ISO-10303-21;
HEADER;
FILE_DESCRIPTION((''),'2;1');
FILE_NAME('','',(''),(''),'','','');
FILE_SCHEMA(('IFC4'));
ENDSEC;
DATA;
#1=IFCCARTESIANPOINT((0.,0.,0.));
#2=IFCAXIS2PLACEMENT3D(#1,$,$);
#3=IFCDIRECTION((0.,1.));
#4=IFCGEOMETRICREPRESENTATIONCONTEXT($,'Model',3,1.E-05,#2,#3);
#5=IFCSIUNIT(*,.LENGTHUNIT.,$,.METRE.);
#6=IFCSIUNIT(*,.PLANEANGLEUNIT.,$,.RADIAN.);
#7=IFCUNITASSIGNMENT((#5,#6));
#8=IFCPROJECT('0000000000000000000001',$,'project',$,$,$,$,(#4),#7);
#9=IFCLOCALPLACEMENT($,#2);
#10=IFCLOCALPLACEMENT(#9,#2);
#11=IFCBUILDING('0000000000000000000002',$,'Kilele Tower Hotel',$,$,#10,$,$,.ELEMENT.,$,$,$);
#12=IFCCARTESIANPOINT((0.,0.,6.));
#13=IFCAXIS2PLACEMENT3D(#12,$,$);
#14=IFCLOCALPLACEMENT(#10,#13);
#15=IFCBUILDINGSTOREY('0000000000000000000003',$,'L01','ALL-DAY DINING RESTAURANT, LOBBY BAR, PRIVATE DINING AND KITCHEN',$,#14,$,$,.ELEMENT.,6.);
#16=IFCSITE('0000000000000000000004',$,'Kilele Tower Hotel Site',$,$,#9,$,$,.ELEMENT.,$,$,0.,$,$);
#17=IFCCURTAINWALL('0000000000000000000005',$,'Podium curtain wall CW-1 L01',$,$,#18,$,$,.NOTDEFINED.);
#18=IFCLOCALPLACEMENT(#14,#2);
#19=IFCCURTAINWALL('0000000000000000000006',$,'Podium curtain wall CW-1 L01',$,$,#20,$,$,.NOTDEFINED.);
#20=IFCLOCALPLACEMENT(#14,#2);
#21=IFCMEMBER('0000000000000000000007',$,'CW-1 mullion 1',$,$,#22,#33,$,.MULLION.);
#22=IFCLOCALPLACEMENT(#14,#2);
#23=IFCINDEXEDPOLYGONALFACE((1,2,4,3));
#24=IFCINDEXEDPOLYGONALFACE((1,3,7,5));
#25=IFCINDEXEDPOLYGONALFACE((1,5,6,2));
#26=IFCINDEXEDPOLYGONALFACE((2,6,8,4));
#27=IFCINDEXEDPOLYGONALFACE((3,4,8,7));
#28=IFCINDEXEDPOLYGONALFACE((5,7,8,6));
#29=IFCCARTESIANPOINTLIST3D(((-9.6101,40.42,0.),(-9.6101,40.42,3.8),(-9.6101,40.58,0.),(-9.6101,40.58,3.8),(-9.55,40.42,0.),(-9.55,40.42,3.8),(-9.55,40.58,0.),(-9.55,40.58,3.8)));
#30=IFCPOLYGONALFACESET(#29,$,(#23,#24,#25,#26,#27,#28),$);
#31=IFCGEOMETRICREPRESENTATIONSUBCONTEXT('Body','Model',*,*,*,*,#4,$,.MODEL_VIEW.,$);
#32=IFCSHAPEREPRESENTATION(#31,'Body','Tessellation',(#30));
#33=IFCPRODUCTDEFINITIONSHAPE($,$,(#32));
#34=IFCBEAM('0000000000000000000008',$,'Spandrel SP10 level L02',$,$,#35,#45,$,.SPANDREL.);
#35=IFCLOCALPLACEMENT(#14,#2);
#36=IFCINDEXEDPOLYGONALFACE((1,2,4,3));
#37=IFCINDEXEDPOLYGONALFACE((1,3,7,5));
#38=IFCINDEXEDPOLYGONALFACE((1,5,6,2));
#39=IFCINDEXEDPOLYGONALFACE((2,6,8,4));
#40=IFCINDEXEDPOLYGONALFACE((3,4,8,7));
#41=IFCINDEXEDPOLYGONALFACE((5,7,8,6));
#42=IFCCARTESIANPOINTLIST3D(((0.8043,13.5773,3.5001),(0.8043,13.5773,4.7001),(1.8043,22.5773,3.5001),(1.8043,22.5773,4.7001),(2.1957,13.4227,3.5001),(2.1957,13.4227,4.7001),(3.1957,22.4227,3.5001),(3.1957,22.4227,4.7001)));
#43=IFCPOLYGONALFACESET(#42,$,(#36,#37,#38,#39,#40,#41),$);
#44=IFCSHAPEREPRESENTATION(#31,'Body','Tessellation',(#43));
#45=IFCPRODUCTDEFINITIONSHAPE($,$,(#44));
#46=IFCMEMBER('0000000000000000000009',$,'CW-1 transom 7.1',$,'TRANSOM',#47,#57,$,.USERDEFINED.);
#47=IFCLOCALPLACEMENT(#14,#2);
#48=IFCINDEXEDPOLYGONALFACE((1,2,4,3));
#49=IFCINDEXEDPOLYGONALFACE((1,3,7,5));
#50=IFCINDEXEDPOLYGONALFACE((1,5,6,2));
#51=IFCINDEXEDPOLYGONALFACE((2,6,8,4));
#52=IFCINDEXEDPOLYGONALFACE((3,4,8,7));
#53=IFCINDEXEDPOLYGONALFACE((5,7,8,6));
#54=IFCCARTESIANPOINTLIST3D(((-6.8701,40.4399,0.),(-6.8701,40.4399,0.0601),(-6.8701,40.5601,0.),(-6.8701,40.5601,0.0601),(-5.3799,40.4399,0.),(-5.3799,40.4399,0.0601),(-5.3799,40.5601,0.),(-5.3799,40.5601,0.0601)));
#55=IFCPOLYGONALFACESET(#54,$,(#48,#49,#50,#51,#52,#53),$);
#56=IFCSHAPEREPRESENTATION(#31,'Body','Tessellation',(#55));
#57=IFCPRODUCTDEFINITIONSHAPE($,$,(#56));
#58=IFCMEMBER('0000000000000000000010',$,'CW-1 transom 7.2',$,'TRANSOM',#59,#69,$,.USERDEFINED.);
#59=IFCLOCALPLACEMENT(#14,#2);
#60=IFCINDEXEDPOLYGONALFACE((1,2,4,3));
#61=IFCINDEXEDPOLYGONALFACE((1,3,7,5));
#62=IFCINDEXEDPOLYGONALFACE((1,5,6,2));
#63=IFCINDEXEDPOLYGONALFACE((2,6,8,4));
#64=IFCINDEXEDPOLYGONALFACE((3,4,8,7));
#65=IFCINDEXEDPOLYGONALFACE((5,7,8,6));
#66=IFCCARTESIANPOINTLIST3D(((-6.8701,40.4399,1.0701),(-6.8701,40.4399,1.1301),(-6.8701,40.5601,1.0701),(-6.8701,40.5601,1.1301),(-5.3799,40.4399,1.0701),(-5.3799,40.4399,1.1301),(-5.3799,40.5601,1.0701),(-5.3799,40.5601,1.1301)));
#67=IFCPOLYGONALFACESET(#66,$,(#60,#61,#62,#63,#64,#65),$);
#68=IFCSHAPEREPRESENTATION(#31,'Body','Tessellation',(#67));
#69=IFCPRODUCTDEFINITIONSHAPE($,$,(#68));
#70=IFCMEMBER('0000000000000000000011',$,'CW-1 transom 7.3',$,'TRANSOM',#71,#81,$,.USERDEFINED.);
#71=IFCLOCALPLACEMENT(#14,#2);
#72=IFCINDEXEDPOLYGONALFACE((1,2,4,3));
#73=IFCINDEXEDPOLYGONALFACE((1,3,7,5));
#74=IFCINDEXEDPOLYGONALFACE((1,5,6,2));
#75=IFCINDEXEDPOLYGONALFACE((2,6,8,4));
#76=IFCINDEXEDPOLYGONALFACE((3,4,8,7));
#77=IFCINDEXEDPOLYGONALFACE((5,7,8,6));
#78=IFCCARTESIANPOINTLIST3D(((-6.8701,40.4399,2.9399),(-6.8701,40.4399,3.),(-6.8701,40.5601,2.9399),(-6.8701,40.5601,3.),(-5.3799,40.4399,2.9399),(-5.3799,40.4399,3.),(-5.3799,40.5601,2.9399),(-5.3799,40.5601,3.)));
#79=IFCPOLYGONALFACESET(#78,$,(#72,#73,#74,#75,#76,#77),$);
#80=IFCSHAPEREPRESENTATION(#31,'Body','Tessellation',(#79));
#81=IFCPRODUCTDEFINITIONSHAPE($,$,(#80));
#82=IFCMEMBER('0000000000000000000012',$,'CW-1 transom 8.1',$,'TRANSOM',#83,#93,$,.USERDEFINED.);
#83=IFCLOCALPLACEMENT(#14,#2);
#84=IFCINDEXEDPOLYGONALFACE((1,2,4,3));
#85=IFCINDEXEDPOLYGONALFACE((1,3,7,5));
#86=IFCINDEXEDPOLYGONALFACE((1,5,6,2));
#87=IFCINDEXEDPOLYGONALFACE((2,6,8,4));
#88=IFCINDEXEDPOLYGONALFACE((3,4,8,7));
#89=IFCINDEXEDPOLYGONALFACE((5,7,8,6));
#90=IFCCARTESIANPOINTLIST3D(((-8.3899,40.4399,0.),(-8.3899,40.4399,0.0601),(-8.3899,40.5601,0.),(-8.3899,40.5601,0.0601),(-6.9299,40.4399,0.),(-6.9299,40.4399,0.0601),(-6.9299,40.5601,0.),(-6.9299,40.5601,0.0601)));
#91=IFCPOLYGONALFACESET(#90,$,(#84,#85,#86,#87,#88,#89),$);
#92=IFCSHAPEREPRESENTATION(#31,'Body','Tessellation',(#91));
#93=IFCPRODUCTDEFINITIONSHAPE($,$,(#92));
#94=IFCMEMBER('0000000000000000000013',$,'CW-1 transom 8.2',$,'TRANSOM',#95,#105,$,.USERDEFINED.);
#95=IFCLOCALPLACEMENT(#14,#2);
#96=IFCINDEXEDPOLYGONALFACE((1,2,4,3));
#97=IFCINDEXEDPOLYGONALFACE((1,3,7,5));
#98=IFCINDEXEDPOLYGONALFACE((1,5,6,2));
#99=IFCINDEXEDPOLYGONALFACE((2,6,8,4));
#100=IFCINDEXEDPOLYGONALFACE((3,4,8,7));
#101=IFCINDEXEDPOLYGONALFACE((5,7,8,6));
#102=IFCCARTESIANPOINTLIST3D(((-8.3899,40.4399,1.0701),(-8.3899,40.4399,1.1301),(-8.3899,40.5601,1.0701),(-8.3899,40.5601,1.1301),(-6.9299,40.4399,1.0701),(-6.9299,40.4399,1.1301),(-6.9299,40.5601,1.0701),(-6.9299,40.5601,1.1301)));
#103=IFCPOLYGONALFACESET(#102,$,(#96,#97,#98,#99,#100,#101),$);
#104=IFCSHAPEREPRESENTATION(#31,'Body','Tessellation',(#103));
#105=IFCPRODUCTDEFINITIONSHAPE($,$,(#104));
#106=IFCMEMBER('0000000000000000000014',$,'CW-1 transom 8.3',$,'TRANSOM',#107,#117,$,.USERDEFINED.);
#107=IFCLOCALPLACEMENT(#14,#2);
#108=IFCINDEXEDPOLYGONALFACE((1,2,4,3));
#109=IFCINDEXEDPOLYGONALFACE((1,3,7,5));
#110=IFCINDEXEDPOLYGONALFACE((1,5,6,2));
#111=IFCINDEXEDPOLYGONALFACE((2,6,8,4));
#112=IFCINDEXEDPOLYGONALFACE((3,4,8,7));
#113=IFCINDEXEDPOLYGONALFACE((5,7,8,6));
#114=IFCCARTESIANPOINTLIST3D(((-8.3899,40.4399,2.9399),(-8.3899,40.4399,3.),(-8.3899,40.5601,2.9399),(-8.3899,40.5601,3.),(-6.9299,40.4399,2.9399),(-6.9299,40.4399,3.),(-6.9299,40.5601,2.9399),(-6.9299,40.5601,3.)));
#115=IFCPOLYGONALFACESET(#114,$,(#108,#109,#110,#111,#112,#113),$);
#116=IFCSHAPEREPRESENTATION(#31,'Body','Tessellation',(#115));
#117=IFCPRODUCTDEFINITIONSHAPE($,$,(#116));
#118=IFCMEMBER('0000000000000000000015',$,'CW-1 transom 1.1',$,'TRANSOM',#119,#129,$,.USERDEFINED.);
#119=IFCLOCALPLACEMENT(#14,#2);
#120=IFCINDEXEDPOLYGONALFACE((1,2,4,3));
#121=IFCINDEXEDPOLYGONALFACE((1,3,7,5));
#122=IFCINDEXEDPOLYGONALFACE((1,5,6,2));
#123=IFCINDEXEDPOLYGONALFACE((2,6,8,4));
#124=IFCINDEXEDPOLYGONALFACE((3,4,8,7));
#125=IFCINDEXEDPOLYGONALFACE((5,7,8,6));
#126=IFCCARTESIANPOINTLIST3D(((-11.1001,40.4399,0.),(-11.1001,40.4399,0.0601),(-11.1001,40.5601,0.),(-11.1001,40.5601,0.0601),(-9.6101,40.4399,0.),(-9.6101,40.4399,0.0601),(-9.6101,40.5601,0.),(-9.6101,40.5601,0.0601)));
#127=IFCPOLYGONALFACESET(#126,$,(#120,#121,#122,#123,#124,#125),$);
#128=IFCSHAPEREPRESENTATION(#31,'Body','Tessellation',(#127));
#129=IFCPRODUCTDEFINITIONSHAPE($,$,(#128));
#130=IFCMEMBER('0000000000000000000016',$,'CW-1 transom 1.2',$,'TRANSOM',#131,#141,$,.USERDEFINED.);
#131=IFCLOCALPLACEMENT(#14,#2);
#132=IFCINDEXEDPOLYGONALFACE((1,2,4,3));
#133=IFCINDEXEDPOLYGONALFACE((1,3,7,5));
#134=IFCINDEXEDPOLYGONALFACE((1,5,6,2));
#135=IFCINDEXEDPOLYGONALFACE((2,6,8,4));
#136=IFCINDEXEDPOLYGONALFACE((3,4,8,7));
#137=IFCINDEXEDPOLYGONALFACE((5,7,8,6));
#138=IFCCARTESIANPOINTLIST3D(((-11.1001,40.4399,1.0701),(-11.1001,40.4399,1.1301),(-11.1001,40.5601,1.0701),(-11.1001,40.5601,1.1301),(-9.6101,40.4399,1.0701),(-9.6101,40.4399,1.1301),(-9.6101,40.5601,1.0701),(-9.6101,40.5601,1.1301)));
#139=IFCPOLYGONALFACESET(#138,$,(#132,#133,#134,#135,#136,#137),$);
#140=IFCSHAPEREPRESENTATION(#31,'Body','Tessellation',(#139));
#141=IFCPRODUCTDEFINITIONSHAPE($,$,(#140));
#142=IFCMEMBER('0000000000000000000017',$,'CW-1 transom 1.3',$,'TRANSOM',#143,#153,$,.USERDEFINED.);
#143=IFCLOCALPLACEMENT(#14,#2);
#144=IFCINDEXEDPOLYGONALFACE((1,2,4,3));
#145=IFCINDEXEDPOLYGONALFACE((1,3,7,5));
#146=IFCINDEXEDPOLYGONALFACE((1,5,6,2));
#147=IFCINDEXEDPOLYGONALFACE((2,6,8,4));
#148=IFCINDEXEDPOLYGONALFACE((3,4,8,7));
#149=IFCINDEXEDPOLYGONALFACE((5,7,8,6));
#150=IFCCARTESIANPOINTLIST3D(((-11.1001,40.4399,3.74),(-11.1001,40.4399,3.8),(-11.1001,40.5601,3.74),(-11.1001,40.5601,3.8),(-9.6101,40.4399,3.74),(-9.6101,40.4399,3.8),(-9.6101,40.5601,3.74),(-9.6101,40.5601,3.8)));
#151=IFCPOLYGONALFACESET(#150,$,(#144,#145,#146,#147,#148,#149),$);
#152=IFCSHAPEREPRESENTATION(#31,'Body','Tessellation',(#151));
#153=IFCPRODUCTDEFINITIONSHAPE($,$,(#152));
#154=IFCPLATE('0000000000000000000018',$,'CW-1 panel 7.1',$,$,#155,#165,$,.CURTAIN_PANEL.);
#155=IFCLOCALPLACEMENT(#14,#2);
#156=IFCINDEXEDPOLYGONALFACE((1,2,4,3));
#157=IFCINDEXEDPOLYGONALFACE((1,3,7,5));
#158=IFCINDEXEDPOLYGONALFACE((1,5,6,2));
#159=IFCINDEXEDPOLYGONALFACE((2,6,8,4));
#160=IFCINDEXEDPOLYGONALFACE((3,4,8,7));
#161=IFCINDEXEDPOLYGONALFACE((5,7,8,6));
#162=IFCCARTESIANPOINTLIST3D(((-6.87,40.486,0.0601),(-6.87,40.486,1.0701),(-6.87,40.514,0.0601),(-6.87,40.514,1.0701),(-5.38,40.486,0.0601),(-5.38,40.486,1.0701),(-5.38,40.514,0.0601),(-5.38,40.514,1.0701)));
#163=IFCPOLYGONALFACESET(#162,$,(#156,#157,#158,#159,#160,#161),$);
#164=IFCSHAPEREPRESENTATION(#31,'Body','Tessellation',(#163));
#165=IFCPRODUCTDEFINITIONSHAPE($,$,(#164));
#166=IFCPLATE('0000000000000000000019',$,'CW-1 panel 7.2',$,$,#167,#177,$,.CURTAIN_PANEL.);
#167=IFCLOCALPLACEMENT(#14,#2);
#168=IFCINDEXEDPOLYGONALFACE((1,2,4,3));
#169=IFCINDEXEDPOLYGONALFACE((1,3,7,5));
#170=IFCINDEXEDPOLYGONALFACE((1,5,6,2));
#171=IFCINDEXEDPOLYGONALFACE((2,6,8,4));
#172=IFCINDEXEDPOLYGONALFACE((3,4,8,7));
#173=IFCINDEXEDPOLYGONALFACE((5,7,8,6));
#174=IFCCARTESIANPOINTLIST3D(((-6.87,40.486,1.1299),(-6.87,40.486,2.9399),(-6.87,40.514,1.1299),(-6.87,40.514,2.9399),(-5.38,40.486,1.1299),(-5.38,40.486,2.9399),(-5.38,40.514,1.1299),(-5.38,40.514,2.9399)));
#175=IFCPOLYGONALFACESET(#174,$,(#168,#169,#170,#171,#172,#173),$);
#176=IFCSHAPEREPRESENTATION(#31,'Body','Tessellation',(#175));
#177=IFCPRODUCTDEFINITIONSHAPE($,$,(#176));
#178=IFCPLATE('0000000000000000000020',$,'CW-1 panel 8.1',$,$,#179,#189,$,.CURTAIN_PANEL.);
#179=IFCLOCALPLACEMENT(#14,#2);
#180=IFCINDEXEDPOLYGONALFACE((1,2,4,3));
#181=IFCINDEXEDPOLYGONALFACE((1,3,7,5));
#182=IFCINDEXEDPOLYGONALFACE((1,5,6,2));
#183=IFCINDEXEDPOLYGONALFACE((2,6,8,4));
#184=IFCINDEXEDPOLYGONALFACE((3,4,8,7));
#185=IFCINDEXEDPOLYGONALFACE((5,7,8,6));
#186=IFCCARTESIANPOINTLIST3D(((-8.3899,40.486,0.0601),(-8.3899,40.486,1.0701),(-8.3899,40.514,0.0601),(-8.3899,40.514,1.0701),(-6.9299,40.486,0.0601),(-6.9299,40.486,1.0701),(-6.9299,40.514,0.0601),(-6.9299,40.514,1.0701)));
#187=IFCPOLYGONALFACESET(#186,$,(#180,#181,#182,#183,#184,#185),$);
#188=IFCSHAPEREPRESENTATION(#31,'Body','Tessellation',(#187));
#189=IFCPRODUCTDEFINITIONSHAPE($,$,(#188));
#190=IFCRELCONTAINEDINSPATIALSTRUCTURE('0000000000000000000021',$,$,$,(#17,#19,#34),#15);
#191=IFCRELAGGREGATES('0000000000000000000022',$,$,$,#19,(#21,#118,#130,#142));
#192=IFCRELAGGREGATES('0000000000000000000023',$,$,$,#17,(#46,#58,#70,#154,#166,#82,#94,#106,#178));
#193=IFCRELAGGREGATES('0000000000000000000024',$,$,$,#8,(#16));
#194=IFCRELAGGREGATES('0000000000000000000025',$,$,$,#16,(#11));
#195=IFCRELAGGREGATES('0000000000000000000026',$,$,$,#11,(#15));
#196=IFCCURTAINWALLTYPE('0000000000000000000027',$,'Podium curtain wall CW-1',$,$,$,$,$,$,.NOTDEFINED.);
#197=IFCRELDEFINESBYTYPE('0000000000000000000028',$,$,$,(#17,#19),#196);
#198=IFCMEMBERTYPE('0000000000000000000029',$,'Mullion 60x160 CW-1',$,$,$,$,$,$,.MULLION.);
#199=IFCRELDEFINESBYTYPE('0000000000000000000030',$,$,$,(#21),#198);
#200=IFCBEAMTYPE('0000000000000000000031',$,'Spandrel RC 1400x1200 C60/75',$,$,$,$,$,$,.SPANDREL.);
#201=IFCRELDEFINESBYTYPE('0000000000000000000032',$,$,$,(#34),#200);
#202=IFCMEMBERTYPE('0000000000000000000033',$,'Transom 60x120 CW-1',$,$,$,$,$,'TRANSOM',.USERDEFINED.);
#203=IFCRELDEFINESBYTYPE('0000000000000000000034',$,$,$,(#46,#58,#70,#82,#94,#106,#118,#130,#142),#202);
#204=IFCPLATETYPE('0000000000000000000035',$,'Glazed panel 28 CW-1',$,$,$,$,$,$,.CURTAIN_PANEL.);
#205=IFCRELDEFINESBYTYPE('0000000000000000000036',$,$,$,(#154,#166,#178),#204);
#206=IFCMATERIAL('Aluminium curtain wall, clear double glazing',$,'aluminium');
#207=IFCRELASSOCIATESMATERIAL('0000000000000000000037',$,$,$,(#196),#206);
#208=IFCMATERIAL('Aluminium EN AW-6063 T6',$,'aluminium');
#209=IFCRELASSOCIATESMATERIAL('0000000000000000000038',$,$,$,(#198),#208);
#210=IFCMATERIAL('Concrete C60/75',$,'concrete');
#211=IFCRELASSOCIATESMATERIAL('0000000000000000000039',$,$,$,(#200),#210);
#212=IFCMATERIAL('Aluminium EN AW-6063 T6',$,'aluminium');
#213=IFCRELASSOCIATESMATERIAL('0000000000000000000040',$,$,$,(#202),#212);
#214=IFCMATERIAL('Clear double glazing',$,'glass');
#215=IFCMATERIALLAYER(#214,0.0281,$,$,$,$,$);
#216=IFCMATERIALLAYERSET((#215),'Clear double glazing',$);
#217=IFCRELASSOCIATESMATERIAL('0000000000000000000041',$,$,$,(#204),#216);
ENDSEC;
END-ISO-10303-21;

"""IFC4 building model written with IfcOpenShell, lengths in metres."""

from ifc_helpers import new_model, si_unit, direction, frame, origin, origin_2d, place, context, subcontext, project, spatial, rectangle, extrude, material, layer, layer_set, material_profile, profile_set, type_object, element, aggregate, save


model = new_model("IFC4")

# Units and contexts
model_context = context("Model", 3, precision=1e-05, world=origin(), true_north=direction((0.0, 1.0)))
body_context = subcontext(model_context, "Body", "Model", "MODEL_VIEW")
ifc_project = project(units=[si_unit("LENGTHUNIT", "METRE"), si_unit("PLANEANGLEUNIT", "RADIAN")], contexts=[model_context])

# Site, building, storey
site_placement = place(None, origin())
site = spatial("IfcSite", under=ifc_project, at=site_placement, Name="Kilele Tower Hotel Site", CompositionType="ELEMENT", RefElevation=0.0)
building_placement = place(site_placement, origin())
building = spatial("IfcBuilding", under=site, at=building_placement, Name="Kilele Tower Hotel", CompositionType="ELEMENT")
storey_placement = place(building_placement, frame((0.0, 0.0, 6.0)))
storey = spatial("IfcBuildingStorey", under=building, at=storey_placement, Name="L01", Description="ALL-DAY DINING RESTAURANT, LOBBY BAR, PRIVATE DINING AND KITCHEN", CompositionType="ELEMENT", Elevation=6.0)

# Curtain wall
ifc_material_1 = material(Name="Aluminium curtain wall, clear double glazing", Category="aluminium")
curtain_wall_type = type_object("IfcCurtainWallType", Name="Podium curtain wall CW-1", PredefinedType="NOTDEFINED", material=ifc_material_1)
curtain_wall_1_placement = place(storey_placement, origin())
curtain_wall_1 = element("IfcCurtainWall", 1, at=curtain_wall_1_placement, inside=storey, type_object=curtain_wall_type, Name="Podium curtain wall CW-1 L01", PredefinedType="NOTDEFINED")
ifc_material_2 = material(Name="Aluminium EN AW-6063 T6", Category="aluminium")
ifc_material_profile_1 = material_profile(ifc_material_2, rectangle(XDim=0.1599, YDim=0.0601, at=origin_2d()))
ifc_profile_set_1 = profile_set([ifc_material_profile_1], Name="Aluminium EN AW-6063 T6")
member_type_1 = type_object("IfcMemberType", Name="Mullion 60x160 CW-1", PredefinedType="MULLION", material=ifc_profile_set_1)

# Curtain wall, member
curtain_wall_2_placement = place(storey_placement, origin())
curtain_wall_2 = element("IfcCurtainWall", 2, at=curtain_wall_2_placement, inside=storey, type_object=curtain_wall_type, Name="Podium curtain wall CW-1 L01", PredefinedType="NOTDEFINED")
member_1_placement = place(storey_placement, frame((-9.5801, 40.5, 0.0), z_axis=(0.0, 0.0, 1.0), x_axis=(0.0, -1.0, 0.0)))
member_1 = element("IfcMember", 3, at=member_1_placement, type_object=member_type_1, Name="CW-1 mullion 1", PredefinedType="MULLION", context=body_context, shape_type="SweptSolid", body=[
    extrude(rectangle(XDim=0.1599, YDim=0.0601, at=origin_2d()), origin(), (0.0, 0.0, 1.0), 3.8),
])

# Beam
ifc_material_3 = material(Name="Concrete C60/75", Category="concrete")
ifc_material_profile_2 = material_profile(ifc_material_3, rectangle(XDim=1.3999, YDim=1.2, at=origin_2d()))
ifc_profile_set_2 = profile_set([ifc_material_profile_2], Name="Concrete C60/75")
beam_type_1 = type_object("IfcBeamType", Name="Spandrel RC 1400x1200 C60/75", PredefinedType="SPANDREL", material=ifc_profile_set_2)
beam_1_placement = place(storey_placement, frame((2.5, 22.5, 4.1001), z_axis=(-0.110432, -0.993884, 0.0), x_axis=(0.993884, -0.110432, 0.0)))
element("IfcBeam", 4, at=beam_1_placement, inside=storey, type_object=beam_type_1, Name="Spandrel SP10 level L02", PredefinedType="SPANDREL", context=body_context, shape_type="SweptSolid", body=[
    extrude(rectangle(XDim=1.3999, YDim=1.2, at=origin_2d()), origin(), (0.0, 0.0, 1.0), 9.0554),
])

# Members
ifc_material_4 = material(Name="Aluminium EN AW-6063 T6", Category="aluminium")
ifc_material_profile_3 = material_profile(ifc_material_4, rectangle(XDim=0.1201, YDim=0.0601, at=origin_2d()))
ifc_profile_set_3 = profile_set([ifc_material_profile_3], Name="Aluminium EN AW-6063 T6")
member_type_2 = type_object("IfcMemberType", Name="Transom 60x120 CW-1", ElementType="TRANSOM", PredefinedType="USERDEFINED", material=ifc_profile_set_3)
member_2_placement = place(storey_placement, frame((-5.3799, 40.5, 0.03), z_axis=(-1.0, 0.0, 0.0), x_axis=(0.0, -1.0, 0.0)))
member_2 = element("IfcMember", 5, at=member_2_placement, type_object=member_type_2, Name="CW-1 transom 7.1", ObjectType="TRANSOM", PredefinedType="USERDEFINED", context=body_context, shape_type="SweptSolid", body=[
    extrude(rectangle(XDim=0.1201, YDim=0.0601, at=origin_2d()), origin(), (0.0, 0.0, 1.0), 1.4902),
])
member_3_placement = place(storey_placement, frame((-5.3799, 40.5, 1.1001), z_axis=(-1.0, 0.0, 0.0), x_axis=(0.0, -1.0, 0.0)))
member_3 = element("IfcMember", 6, at=member_3_placement, type_object=member_type_2, Name="CW-1 transom 7.2", ObjectType="TRANSOM", PredefinedType="USERDEFINED", context=body_context, shape_type="SweptSolid", body=[
    extrude(rectangle(XDim=0.1201, YDim=0.0601, at=origin_2d()), origin(), (0.0, 0.0, 1.0), 1.4902),
])
member_4_placement = place(storey_placement, frame((-5.3799, 40.5, 2.97), z_axis=(-1.0, 0.0, 0.0), x_axis=(0.0, -1.0, 0.0)))
member_4 = element("IfcMember", 7, at=member_4_placement, type_object=member_type_2, Name="CW-1 transom 7.3", ObjectType="TRANSOM", PredefinedType="USERDEFINED", context=body_context, shape_type="SweptSolid", body=[
    extrude(rectangle(XDim=0.1201, YDim=0.0601, at=origin_2d()), origin(), (0.0, 0.0, 1.0), 1.4902),
])
member_5_placement = place(storey_placement, frame((-6.9299, 40.5, 0.03), z_axis=(-1.0, 0.0, 0.0), x_axis=(0.0, -1.0, 0.0)))
member_5 = element("IfcMember", 8, at=member_5_placement, type_object=member_type_2, Name="CW-1 transom 8.1", ObjectType="TRANSOM", PredefinedType="USERDEFINED", context=body_context, shape_type="SweptSolid", body=[
    extrude(rectangle(XDim=0.1201, YDim=0.0601, at=origin_2d()), origin(), (0.0, 0.0, 1.0), 1.46),
])
member_6_placement = place(storey_placement, frame((-6.9299, 40.5, 1.1001), z_axis=(-1.0, 0.0, 0.0), x_axis=(0.0, -1.0, 0.0)))
member_6 = element("IfcMember", 9, at=member_6_placement, type_object=member_type_2, Name="CW-1 transom 8.2", ObjectType="TRANSOM", PredefinedType="USERDEFINED", context=body_context, shape_type="SweptSolid", body=[
    extrude(rectangle(XDim=0.1201, YDim=0.0601, at=origin_2d()), origin(), (0.0, 0.0, 1.0), 1.46),
])
member_7_placement = place(storey_placement, frame((-6.9299, 40.5, 2.97), z_axis=(-1.0, 0.0, 0.0), x_axis=(0.0, -1.0, 0.0)))
member_7 = element("IfcMember", 10, at=member_7_placement, type_object=member_type_2, Name="CW-1 transom 8.3", ObjectType="TRANSOM", PredefinedType="USERDEFINED", context=body_context, shape_type="SweptSolid", body=[
    extrude(rectangle(XDim=0.1201, YDim=0.0601, at=origin_2d()), origin(), (0.0, 0.0, 1.0), 1.46),
])
member_8_placement = place(storey_placement, frame((-9.6101, 40.5, 0.03), z_axis=(-1.0, 0.0, 0.0), x_axis=(0.0, -1.0, 0.0)))
member_8 = element("IfcMember", 11, at=member_8_placement, type_object=member_type_2, Name="CW-1 transom 1.1", ObjectType="TRANSOM", PredefinedType="USERDEFINED", context=body_context, shape_type="SweptSolid", body=[
    extrude(rectangle(XDim=0.1201, YDim=0.0601, at=origin_2d()), origin(), (0.0, 0.0, 1.0), 1.49),
])
member_9_placement = place(storey_placement, frame((-9.6101, 40.5, 1.1001), z_axis=(-1.0, 0.0, 0.0), x_axis=(0.0, -1.0, 0.0)))
member_9 = element("IfcMember", 12, at=member_9_placement, type_object=member_type_2, Name="CW-1 transom 1.2", ObjectType="TRANSOM", PredefinedType="USERDEFINED", context=body_context, shape_type="SweptSolid", body=[
    extrude(rectangle(XDim=0.1201, YDim=0.0601, at=origin_2d()), origin(), (0.0, 0.0, 1.0), 1.49),
])
member_10_placement = place(storey_placement, frame((-9.6101, 40.5, 3.77), z_axis=(-1.0, 0.0, 0.0), x_axis=(0.0, -1.0, 0.0)))
member_10 = element("IfcMember", 13, at=member_10_placement, type_object=member_type_2, Name="CW-1 transom 1.3", ObjectType="TRANSOM", PredefinedType="USERDEFINED", context=body_context, shape_type="SweptSolid", body=[
    extrude(rectangle(XDim=0.1201, YDim=0.0601, at=origin_2d()), origin(), (0.0, 0.0, 1.0), 1.49),
])
aggregate(curtain_wall_2, [member_1, member_8, member_9, member_10])

# Plates
ifc_material_5 = material(Name="Clear double glazing", Category="glass")
ifc_layer_1 = layer(ifc_material_5, 0.0281)
ifc_layer_set_1 = layer_set([ifc_layer_1], Name="Clear double glazing")
plate_type = type_object("IfcPlateType", Name="Glazed panel 28 CW-1", PredefinedType="CURTAIN_PANEL", material=ifc_layer_set_1)
plate_1_placement = place(storey_placement, frame((-6.125, 40.5, 0.0601), z_axis=(0.0, 0.0, 1.0), x_axis=(-1.0, 0.0, 0.0)))
plate_1 = element("IfcPlate", 14, at=plate_1_placement, type_object=plate_type, Name="CW-1 panel 7.1", PredefinedType="CURTAIN_PANEL", context=body_context, shape_type="SweptSolid", body=[
    extrude(rectangle(XDim=1.49, YDim=0.0281, at=origin_2d()), origin(), (0.0, 0.0, 1.0), 1.01),
])
plate_2_placement = place(storey_placement, frame((-6.125, 40.5, 1.1299), z_axis=(0.0, 0.0, 1.0), x_axis=(-1.0, 0.0, 0.0)))
plate_2 = element("IfcPlate", 15, at=plate_2_placement, type_object=plate_type, Name="CW-1 panel 7.2", PredefinedType="CURTAIN_PANEL", context=body_context, shape_type="SweptSolid", body=[
    extrude(rectangle(XDim=1.49, YDim=0.0281, at=origin_2d()), origin(), (0.0, 0.0, 1.0), 1.8101),
])
plate_3_placement = place(storey_placement, frame((-7.6599, 40.5, 0.0601), z_axis=(0.0, 0.0, 1.0), x_axis=(-1.0, 0.0, 0.0)))
plate_3 = element("IfcPlate", 16, at=plate_3_placement, type_object=plate_type, Name="CW-1 panel 8.1", PredefinedType="CURTAIN_PANEL", context=body_context, shape_type="SweptSolid", body=[
    extrude(rectangle(XDim=1.46, YDim=0.0281, at=origin_2d()), origin(), (0.0, 0.0, 1.0), 1.01),
])
aggregate(curtain_wall_1, [member_2, member_3, member_4, plate_1, plate_2, member_5, member_6, member_7, plate_3])

save(model, "model.ifc")
